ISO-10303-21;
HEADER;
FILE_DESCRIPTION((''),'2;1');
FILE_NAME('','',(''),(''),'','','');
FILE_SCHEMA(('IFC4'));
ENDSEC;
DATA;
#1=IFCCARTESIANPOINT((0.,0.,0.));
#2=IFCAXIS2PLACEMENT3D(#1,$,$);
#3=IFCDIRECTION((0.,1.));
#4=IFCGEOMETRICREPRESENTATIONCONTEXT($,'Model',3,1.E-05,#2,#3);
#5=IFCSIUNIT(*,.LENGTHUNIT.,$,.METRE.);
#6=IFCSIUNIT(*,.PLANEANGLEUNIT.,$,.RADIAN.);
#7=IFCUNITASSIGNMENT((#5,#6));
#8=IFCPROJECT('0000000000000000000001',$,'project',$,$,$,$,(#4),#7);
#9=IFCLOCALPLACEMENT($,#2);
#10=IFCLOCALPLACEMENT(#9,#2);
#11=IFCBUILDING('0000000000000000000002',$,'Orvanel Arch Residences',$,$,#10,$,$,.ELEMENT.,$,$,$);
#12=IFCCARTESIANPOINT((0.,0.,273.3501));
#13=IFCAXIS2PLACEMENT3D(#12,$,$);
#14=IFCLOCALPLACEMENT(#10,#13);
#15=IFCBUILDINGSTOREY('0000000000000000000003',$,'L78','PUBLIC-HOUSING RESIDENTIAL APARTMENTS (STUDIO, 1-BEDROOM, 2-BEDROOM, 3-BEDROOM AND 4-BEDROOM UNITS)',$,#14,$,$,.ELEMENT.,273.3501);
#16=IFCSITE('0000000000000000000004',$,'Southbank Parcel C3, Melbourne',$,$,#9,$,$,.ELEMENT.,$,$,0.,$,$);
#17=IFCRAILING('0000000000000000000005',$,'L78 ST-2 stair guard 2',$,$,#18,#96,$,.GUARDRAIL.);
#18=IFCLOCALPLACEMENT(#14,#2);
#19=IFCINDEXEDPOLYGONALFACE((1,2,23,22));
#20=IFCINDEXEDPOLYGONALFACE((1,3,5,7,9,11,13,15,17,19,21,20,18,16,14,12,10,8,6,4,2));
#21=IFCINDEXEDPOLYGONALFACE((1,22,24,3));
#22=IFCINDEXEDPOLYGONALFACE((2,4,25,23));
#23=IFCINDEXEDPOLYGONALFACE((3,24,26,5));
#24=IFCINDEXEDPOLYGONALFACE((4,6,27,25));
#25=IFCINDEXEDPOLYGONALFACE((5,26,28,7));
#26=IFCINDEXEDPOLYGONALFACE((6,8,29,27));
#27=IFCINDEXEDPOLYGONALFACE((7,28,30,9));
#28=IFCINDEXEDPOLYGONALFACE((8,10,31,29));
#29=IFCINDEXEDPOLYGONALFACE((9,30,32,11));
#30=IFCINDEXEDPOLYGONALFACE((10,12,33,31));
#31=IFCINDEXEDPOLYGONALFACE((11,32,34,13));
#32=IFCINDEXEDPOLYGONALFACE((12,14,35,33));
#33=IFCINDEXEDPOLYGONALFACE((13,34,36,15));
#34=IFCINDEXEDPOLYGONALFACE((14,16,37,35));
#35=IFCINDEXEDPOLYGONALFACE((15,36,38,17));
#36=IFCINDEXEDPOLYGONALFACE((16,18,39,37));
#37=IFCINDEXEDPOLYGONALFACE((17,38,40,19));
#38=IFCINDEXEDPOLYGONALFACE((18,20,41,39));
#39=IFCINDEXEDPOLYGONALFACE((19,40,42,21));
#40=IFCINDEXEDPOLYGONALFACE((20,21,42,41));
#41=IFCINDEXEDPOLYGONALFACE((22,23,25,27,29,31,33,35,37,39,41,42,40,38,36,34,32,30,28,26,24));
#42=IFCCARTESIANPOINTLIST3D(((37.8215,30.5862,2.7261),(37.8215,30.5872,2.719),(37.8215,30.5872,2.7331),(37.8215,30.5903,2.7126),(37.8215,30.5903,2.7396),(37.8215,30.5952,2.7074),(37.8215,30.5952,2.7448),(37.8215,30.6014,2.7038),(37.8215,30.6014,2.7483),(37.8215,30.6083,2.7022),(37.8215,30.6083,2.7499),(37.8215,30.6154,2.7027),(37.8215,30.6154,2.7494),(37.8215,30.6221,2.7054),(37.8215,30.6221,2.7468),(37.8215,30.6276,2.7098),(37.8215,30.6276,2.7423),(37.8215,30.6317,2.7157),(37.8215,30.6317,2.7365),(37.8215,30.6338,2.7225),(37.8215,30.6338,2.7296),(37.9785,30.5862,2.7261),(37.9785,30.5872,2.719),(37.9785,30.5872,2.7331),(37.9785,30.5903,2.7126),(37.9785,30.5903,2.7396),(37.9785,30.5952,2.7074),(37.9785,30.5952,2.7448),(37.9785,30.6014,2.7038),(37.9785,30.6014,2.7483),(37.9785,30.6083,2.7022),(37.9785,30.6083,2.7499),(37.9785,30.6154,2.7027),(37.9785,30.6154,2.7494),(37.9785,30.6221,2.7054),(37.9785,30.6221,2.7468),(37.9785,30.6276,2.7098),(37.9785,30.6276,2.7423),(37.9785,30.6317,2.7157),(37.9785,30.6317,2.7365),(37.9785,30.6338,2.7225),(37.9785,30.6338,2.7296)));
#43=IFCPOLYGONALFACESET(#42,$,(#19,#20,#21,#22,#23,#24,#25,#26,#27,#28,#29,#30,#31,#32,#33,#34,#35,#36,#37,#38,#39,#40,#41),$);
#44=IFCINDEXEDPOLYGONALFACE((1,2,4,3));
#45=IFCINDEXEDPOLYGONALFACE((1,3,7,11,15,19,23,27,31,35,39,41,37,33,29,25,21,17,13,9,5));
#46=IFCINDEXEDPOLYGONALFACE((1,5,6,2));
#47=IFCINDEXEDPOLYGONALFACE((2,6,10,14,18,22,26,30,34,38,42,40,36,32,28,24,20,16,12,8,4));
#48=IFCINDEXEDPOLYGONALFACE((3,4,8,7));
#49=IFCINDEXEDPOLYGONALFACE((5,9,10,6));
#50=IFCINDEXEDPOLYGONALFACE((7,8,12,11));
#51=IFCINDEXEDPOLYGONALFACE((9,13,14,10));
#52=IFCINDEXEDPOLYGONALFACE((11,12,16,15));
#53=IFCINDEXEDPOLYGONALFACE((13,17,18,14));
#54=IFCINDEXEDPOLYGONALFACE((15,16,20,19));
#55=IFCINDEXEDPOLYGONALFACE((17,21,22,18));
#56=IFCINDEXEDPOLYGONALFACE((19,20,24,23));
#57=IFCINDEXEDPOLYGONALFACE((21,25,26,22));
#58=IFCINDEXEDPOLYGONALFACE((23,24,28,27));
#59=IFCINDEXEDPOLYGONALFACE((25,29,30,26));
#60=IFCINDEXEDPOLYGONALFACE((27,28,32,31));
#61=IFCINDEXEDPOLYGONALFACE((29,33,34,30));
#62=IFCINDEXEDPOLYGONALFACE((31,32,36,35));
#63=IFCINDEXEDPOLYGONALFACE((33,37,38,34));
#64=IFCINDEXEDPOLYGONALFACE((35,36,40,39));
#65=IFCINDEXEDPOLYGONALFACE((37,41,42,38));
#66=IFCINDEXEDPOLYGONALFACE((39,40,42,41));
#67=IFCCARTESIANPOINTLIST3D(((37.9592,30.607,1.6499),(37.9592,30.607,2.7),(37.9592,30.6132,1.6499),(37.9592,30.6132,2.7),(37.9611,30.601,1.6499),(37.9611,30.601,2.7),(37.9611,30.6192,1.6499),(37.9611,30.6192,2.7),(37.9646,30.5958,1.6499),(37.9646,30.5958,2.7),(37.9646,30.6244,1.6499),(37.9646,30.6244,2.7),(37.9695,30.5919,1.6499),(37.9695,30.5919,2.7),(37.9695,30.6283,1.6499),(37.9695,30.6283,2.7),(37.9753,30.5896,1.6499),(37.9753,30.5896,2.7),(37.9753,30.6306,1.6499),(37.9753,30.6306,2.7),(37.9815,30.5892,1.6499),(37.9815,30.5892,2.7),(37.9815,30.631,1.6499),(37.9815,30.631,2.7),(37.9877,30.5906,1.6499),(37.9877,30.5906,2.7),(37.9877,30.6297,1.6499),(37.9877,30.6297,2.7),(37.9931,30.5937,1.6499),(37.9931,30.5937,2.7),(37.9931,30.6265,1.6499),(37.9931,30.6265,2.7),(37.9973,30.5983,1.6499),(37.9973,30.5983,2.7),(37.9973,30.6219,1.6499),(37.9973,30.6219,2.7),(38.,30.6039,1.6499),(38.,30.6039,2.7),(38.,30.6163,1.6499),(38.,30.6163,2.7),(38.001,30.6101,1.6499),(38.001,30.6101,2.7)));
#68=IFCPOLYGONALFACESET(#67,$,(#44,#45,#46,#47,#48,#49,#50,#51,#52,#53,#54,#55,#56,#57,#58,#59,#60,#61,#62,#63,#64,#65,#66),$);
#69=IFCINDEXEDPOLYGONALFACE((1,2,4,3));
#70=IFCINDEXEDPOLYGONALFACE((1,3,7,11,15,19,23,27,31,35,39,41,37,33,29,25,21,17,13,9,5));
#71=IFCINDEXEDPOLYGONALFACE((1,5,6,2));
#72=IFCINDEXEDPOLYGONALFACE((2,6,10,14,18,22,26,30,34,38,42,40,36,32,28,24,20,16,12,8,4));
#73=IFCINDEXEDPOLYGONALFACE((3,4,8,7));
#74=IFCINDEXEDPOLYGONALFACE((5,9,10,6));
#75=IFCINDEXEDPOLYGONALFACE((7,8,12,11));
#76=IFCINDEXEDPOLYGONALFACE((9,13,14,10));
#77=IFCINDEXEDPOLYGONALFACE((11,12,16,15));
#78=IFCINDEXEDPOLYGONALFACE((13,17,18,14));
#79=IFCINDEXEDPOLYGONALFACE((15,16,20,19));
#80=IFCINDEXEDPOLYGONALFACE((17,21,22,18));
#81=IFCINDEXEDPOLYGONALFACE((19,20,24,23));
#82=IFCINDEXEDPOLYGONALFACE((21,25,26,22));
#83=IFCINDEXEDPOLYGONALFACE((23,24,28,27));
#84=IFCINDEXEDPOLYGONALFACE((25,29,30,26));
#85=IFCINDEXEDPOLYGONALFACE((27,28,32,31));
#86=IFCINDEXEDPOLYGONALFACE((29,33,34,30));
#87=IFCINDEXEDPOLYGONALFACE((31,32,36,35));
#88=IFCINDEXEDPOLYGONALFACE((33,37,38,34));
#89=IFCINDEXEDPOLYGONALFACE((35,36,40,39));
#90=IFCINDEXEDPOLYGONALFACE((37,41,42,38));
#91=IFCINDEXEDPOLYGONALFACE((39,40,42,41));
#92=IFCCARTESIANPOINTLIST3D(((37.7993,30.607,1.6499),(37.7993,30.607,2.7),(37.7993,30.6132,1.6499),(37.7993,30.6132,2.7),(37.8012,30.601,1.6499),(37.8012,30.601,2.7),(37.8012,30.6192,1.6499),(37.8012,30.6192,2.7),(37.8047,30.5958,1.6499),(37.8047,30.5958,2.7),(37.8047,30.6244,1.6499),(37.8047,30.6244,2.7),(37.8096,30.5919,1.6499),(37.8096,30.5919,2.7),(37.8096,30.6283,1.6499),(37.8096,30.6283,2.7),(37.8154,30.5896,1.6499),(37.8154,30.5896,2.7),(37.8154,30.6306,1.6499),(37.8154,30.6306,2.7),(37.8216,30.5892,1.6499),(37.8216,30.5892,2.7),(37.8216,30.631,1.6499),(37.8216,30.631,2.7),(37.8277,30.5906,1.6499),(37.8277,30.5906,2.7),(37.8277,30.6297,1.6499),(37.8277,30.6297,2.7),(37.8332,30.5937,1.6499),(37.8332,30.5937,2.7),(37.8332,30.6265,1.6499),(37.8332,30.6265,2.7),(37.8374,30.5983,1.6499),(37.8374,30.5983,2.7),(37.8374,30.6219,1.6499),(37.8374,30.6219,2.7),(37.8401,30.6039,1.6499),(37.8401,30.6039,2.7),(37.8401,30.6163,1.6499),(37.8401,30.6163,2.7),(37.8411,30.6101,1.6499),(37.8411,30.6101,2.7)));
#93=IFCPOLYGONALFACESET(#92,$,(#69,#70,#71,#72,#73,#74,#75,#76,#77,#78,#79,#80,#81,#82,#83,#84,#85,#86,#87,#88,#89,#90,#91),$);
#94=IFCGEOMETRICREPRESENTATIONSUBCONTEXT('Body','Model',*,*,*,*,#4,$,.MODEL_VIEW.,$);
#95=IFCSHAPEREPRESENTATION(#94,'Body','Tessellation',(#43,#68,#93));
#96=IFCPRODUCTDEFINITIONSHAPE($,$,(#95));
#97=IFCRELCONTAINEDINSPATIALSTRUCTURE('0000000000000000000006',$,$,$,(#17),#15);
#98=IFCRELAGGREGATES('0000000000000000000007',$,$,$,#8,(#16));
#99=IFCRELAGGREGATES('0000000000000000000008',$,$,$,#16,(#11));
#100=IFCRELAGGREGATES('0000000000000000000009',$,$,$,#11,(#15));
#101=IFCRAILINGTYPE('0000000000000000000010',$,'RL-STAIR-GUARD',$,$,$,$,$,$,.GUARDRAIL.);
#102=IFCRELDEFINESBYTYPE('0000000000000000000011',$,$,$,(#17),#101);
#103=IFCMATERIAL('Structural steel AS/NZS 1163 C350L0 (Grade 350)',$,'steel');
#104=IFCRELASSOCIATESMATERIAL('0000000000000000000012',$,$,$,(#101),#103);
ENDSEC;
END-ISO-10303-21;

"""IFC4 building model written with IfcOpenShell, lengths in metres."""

from ifc_helpers import new_model, si_unit, direction, frame, origin, origin_2d, place, context, subcontext, project, spatial, circle, extrude, material, type_object, element, save


model = new_model("IFC4")

# Units and contexts
model_context = context("Model", 3, precision=1e-05, world=origin(), true_north=direction((0.0, 1.0)))
body_context = subcontext(model_context, "Body", "Model", "MODEL_VIEW")
ifc_project = project(units=[si_unit("LENGTHUNIT", "METRE"), si_unit("PLANEANGLEUNIT", "RADIAN")], contexts=[model_context])

# Site, building, storey
site_placement = place(None, origin())
site = spatial("IfcSite", under=ifc_project, at=site_placement, Name="Southbank Parcel C3, Melbourne", CompositionType="ELEMENT", RefElevation=0.0)
building_placement = place(site_placement, origin())
building = spatial("IfcBuilding", under=site, at=building_placement, Name="Orvanel Arch Residences", CompositionType="ELEMENT")
storey_placement = place(building_placement, frame((0.0, 0.0, 273.3501)))
storey = spatial("IfcBuildingStorey", under=building, at=storey_placement, Name="L78", Description="PUBLIC-HOUSING RESIDENTIAL APARTMENTS (STUDIO, 1-BEDROOM, 2-BEDROOM, 3-BEDROOM AND 4-BEDROOM UNITS)", CompositionType="ELEMENT", Elevation=273.3501)

# Railing
ifc_material_1 = material(Name="Structural steel AS/NZS 1163 C350L0 (Grade 350)", Category="steel")
railing_type_1 = type_object("IfcRailingType", Name="RL-STAIR-GUARD", PredefinedType="GUARDRAIL", material=ifc_material_1)
railing_1_placement = place(storey_placement, frame((37.98, 30.6101, 1.6499)))
element("IfcRailing", 1, at=railing_1_placement, inside=storey, type_object=railing_type_1, Name="L78 ST-2 stair guard 2", PredefinedType="GUARDRAIL", context=body_context, shape_type="SweptSolid", body=[
    extrude(circle(Radius=0.0239, at=origin_2d()), frame((-0.0015, 0.0, 1.0762), z_axis=(-1.0, 0.0, 0.0), x_axis=(0.0, -1.0, 0.0)), (0.0, 0.0, 1.0), 0.157),
    extrude(circle(Radius=0.021, at=origin_2d()), origin(), (0.0, 0.0, 1.0), 1.05),
    extrude(circle(Radius=0.021, at=origin_2d()), frame((-0.1599, 0.0, 0.0)), (0.0, 0.0, 1.0), 1.05),
])

save(model, "model.ifc")
